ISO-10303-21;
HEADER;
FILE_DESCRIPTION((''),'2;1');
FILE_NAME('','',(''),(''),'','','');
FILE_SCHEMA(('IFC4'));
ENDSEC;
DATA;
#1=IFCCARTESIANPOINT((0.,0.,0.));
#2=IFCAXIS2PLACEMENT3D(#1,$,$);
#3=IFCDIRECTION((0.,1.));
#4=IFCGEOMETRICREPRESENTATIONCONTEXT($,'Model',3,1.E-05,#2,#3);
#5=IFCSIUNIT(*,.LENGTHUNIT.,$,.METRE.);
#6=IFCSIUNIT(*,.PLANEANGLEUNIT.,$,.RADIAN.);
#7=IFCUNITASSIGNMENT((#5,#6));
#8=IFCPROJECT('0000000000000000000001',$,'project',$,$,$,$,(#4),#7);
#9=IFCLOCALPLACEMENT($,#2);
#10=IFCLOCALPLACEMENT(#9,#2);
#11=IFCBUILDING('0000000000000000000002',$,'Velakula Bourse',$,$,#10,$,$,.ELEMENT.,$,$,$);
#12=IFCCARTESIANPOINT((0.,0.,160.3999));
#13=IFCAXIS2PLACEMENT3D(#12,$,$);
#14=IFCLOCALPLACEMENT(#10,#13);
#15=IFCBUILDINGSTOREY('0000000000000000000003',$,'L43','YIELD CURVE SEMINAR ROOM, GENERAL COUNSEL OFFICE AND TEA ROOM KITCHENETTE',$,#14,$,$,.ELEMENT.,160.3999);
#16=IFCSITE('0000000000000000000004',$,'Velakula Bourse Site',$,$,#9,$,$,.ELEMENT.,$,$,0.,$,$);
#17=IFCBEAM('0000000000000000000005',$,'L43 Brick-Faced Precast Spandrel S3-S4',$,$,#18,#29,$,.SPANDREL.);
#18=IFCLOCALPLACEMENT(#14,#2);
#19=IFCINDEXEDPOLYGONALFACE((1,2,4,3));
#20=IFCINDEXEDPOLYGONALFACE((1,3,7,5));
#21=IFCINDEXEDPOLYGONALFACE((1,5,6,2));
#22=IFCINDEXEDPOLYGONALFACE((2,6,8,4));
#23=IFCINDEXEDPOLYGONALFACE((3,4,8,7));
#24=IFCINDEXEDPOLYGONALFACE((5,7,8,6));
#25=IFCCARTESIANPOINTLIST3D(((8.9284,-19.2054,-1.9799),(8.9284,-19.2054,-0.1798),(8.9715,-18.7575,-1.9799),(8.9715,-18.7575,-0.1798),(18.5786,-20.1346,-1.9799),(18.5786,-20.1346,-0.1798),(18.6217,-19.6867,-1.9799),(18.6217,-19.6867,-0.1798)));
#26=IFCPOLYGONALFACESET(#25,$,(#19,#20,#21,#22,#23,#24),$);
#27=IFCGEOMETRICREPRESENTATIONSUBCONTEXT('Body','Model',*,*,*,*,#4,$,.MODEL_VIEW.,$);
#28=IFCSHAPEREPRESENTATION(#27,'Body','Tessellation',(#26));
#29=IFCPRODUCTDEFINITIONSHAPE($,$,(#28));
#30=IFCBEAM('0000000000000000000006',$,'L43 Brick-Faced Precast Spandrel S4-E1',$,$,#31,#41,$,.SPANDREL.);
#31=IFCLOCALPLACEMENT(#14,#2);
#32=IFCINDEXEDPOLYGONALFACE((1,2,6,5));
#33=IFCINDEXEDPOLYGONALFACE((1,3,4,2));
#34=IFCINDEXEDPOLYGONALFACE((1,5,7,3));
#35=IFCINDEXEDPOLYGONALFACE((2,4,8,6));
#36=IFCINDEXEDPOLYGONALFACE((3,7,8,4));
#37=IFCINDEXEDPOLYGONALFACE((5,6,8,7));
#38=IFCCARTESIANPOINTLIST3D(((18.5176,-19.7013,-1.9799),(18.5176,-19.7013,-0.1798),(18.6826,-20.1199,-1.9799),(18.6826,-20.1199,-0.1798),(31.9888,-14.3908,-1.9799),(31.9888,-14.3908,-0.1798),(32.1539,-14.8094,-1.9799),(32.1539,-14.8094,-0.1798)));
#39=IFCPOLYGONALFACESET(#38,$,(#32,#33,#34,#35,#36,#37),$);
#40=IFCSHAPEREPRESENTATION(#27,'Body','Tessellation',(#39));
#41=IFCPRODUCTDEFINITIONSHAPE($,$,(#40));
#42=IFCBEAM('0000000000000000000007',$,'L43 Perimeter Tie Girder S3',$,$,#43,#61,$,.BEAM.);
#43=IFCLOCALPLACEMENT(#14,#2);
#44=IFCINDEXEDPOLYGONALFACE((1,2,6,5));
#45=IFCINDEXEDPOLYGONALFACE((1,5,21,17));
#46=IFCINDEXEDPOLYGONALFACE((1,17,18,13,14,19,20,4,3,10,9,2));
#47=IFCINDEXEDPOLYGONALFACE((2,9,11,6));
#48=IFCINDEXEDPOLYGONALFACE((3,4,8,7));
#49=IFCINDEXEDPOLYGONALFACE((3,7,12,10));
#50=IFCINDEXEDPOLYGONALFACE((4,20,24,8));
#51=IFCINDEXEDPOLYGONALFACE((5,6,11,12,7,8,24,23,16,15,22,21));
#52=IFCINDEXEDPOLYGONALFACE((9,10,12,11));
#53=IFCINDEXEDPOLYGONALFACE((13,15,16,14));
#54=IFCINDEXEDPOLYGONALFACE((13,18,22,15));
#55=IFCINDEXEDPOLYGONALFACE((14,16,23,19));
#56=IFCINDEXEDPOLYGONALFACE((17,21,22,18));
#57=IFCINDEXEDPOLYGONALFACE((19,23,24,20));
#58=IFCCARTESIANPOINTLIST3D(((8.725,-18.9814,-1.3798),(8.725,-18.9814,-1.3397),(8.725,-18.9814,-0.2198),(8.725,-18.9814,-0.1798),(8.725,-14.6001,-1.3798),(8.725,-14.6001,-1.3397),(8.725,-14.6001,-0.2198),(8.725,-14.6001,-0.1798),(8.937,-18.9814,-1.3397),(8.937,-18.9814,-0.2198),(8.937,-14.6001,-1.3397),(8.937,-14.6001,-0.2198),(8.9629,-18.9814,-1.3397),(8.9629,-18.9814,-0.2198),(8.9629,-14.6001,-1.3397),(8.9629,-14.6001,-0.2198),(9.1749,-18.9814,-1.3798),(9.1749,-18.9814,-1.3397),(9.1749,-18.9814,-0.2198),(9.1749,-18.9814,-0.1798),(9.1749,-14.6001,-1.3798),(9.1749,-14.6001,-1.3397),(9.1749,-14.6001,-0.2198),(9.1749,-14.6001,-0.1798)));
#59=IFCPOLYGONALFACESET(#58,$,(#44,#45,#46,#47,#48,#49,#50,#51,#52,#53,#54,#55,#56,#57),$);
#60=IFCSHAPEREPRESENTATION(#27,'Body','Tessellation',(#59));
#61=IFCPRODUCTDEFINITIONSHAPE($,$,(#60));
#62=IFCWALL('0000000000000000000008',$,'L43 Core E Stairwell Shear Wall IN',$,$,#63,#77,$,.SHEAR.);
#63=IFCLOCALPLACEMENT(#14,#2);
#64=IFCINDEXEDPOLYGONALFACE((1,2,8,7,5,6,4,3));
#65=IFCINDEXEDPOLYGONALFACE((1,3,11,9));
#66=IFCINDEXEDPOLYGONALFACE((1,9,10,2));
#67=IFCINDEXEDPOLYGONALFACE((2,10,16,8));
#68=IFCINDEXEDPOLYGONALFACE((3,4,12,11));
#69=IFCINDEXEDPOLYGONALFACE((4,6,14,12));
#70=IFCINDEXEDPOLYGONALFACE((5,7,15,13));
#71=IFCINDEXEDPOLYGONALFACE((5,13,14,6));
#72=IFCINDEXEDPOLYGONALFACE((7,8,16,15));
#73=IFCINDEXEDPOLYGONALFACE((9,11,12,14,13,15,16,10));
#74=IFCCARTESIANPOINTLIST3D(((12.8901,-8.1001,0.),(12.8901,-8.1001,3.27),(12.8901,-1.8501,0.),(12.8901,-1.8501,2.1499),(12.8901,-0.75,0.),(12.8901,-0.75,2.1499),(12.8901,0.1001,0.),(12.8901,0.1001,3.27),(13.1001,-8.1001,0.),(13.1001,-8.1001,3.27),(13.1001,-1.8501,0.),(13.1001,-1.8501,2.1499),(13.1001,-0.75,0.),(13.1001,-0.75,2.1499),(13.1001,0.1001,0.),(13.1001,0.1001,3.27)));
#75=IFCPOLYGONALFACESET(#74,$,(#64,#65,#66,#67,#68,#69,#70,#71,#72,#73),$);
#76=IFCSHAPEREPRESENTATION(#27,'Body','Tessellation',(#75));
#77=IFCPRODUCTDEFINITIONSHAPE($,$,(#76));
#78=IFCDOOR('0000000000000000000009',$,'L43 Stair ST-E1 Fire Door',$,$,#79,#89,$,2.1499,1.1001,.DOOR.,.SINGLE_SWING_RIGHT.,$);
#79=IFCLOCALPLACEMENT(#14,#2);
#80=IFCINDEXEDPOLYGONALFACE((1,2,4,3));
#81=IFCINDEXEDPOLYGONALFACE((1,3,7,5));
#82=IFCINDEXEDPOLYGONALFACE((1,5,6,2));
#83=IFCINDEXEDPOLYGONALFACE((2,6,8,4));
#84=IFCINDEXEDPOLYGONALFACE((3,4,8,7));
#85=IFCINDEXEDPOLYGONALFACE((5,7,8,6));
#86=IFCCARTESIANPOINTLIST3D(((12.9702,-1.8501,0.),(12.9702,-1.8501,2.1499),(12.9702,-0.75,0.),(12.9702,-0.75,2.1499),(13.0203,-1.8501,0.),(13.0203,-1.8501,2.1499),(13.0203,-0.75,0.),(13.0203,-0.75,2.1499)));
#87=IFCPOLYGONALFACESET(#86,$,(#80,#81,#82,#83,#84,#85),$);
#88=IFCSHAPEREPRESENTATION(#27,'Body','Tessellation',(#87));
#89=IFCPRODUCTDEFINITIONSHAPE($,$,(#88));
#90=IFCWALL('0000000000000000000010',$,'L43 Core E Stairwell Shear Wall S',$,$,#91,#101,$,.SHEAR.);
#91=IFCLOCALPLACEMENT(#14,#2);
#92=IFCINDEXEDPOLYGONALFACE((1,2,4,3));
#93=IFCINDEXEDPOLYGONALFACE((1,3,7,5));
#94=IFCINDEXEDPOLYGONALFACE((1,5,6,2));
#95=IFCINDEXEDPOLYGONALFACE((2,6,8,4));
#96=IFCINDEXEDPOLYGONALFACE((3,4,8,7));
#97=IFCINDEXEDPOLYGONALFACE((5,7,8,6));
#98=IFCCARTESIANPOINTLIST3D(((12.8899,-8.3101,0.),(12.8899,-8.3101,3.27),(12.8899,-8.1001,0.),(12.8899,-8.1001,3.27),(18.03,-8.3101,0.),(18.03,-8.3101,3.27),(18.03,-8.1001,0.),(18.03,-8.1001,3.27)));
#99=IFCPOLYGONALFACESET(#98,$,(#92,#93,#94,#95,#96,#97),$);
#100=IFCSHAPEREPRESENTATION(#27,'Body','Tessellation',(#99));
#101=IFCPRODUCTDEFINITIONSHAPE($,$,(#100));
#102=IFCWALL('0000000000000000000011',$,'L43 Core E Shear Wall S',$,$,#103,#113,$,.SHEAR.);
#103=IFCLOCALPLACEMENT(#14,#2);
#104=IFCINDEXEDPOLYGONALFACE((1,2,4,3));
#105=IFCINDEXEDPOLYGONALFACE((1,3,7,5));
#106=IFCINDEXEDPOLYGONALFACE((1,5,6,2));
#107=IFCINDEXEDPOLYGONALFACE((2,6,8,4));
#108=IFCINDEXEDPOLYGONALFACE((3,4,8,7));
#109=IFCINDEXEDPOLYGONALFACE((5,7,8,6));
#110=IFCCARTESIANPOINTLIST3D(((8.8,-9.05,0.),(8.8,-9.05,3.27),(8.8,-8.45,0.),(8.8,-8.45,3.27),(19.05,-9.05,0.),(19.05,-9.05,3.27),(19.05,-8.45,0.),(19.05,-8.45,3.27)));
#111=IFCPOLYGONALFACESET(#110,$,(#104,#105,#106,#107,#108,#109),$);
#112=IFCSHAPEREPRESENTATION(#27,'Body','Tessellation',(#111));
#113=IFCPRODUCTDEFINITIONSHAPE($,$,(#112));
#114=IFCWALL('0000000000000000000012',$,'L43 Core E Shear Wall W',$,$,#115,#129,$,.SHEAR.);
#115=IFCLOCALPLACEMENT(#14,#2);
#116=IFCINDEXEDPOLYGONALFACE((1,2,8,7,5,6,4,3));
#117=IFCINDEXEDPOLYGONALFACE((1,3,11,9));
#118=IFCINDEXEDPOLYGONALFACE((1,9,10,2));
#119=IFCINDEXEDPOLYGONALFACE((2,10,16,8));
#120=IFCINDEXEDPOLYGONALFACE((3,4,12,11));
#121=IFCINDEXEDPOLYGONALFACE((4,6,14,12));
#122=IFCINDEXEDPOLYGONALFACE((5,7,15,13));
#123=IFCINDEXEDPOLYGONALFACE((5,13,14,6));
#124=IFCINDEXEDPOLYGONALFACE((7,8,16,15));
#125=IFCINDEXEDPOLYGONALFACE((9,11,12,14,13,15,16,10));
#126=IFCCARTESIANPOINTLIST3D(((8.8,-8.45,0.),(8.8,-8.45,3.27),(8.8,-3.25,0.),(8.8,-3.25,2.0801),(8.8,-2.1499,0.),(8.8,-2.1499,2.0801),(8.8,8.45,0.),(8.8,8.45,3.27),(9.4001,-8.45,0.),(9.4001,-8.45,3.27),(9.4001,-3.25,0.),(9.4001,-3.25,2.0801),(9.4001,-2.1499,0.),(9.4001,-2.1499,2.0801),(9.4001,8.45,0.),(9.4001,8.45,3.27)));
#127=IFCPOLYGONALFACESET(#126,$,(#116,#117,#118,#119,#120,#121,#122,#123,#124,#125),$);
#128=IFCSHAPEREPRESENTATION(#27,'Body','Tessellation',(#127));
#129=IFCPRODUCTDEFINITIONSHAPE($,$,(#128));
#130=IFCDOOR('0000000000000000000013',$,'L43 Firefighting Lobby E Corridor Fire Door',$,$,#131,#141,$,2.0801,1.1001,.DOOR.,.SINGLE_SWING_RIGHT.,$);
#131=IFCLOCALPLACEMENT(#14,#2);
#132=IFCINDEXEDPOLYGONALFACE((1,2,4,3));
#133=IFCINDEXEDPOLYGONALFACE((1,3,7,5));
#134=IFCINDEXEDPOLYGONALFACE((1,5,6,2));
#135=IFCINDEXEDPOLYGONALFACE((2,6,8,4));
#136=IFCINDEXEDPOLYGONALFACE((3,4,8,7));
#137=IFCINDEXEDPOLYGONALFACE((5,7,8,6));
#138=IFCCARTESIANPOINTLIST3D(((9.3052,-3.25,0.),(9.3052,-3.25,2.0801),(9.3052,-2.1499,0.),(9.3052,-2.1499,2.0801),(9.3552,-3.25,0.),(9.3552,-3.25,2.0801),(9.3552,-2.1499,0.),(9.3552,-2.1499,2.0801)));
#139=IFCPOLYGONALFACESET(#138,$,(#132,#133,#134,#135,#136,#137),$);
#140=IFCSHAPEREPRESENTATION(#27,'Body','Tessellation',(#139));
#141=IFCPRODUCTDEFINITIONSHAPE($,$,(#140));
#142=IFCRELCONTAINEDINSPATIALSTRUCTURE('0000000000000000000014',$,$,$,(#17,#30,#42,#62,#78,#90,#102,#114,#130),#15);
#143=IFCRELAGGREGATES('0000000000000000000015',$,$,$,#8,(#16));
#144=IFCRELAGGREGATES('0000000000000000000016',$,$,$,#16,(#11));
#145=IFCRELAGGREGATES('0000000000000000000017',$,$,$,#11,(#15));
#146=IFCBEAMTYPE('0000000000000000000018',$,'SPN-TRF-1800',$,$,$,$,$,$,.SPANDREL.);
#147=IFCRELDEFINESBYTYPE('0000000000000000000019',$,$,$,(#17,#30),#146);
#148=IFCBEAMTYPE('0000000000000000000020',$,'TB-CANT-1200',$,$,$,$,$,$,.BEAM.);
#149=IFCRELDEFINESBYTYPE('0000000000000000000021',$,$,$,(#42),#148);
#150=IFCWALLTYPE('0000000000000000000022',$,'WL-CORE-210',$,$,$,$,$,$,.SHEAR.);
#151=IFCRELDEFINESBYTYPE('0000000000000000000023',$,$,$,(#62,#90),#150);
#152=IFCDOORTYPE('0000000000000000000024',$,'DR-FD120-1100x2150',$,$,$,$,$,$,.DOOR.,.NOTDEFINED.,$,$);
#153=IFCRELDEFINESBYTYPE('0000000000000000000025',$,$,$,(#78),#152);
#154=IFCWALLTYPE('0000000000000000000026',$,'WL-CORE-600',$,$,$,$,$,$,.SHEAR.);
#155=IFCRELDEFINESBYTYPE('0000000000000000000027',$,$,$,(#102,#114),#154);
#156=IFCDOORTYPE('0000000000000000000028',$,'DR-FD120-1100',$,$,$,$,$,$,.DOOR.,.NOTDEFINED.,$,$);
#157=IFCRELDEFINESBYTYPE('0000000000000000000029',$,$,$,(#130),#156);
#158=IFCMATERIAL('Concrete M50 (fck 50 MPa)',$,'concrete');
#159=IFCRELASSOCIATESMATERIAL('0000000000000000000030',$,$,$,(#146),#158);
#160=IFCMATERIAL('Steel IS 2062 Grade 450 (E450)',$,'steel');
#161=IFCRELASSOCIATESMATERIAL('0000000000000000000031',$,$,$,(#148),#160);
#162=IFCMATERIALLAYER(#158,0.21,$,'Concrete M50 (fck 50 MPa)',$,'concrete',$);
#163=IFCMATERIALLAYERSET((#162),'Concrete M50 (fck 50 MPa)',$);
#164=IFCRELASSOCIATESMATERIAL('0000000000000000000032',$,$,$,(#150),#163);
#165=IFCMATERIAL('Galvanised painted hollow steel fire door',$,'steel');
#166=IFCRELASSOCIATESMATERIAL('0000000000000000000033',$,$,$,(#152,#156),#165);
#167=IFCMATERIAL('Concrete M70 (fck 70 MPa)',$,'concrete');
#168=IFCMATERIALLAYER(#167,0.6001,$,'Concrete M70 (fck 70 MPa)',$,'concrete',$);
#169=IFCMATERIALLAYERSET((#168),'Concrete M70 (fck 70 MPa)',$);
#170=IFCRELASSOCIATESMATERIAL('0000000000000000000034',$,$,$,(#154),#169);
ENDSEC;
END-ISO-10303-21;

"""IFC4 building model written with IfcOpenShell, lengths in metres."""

from ifc_helpers import new_model, si_unit, direction, frame, frame_2d, origin, origin_2d, place, context, subcontext, project, spatial, rectangle, i_section, extrude, material, layer, layer_set, material_profile, profile_set, type_object, element, fill, save


model = new_model("IFC4")

# Units and contexts
model_context = context("Model", 3, precision=1e-05, world=origin(), true_north=direction((0.0, 1.0)))
body_context = subcontext(model_context, "Body", "Model", "MODEL_VIEW")
ifc_project = project(units=[si_unit("LENGTHUNIT", "METRE"), si_unit("PLANEANGLEUNIT", "RADIAN")], contexts=[model_context])

# Site, building, storey
site_placement = place(None, origin())
site = spatial("IfcSite", under=ifc_project, at=site_placement, Name="Velakula Bourse Site", CompositionType="ELEMENT", RefElevation=0.0)
building_placement = place(site_placement, origin())
building = spatial("IfcBuilding", under=site, at=building_placement, Name="Velakula Bourse", CompositionType="ELEMENT")
storey_placement = place(building_placement, frame((0.0, 0.0, 160.3999)))
storey = spatial("IfcBuildingStorey", under=building, at=storey_placement, Name="L43", Description="YIELD CURVE SEMINAR ROOM, GENERAL COUNSEL OFFICE AND TEA ROOM KITCHENETTE", CompositionType="ELEMENT", Elevation=160.3999)

# Shared definitions
ifc_material_1 = material(Name="Concrete M70 (fck 70 MPa)", Category="concrete")

# Beams
ifc_material_2 = material(Name="Concrete M50 (fck 50 MPa)", Category="concrete")
ifc_material_profile_1 = material_profile(ifc_material_2, rectangle(XDim=0.45, YDim=1.8, at=origin_2d()), Name="Concrete M50 (fck 50 MPa)")
ifc_profile_set_1 = profile_set([ifc_material_profile_1], Name="Concrete M50 (fck 50 MPa)")
beam_type_1 = type_object("IfcBeamType", Name="SPN-TRF-1800", PredefinedType="SPANDREL", material=ifc_profile_set_1)
beam_1_placement = place(storey_placement, frame((8.95, -18.9814, -1.0798), z_axis=(0.995396, -0.095845, 0.0), x_axis=(0.095845, 0.995396, 0.0)))
element("IfcBeam", 1, at=beam_1_placement, inside=storey, type_object=beam_type_1, Name="L43 Brick-Faced Precast Spandrel S3-S4", PredefinedType="SPANDREL", context=body_context, shape_type="SweptSolid", body=[
    extrude(rectangle(XDim=0.45, YDim=1.8, at=origin_2d()), origin(), (0.0, 0.0, 1.0), 9.6948),
])
beam_2_placement = place(storey_placement, frame((18.6001, -19.9106, -1.0798), z_axis=(0.930321, 0.366747, 0.0), x_axis=(-0.366747, 0.930321, 0.0)))
element("IfcBeam", 2, at=beam_2_placement, inside=storey, type_object=beam_type_1, Name="L43 Brick-Faced Precast Spandrel S4-E1", PredefinedType="SPANDREL", context=body_context, shape_type="SweptSolid", body=[
    extrude(rectangle(XDim=0.45, YDim=1.8, at=origin_2d()), origin(), (0.0, 0.0, 1.0), 14.4802),
])
ifc_material_3 = material(Name="Steel IS 2062 Grade 450 (E450)", Category="steel")
ifc_material_profile_2 = material_profile(ifc_material_3, i_section(OverallWidth=0.45, OverallDepth=1.2, WebThickness=0.0259, FlangeThickness=0.04, at=origin_2d()), Name="Steel IS 2062 Grade 450 (E450)")
ifc_profile_set_2 = profile_set([ifc_material_profile_2], Name="Steel IS 2062 Grade 450 (E450)")
beam_type_2 = type_object("IfcBeamType", Name="TB-CANT-1200", PredefinedType="BEAM", material=ifc_profile_set_2)
beam_3_placement = place(storey_placement, frame((8.95, -14.6001, -0.7798), z_axis=(0.0, -1.0, 0.0), x_axis=(1.0, 0.0, 0.0)))
element("IfcBeam", 3, at=beam_3_placement, inside=storey, type_object=beam_type_2, Name="L43 Perimeter Tie Girder S3", PredefinedType="BEAM", context=body_context, shape_type="SweptSolid", body=[
    extrude(i_section(OverallWidth=0.45, OverallDepth=1.2, WebThickness=0.0259, FlangeThickness=0.04, at=origin_2d()), origin(), (0.0, 0.0, 1.0), 4.3813),
])

# Wall, opening, door
ifc_layer_1 = layer(ifc_material_2, 0.21, Name="Concrete M50 (fck 50 MPa)", Category="concrete")
ifc_layer_set_1 = layer_set([ifc_layer_1], Name="Concrete M50 (fck 50 MPa)")
wall_type_1 = type_object("IfcWallType", Name="WL-CORE-210", PredefinedType="SHEAR", material=ifc_layer_set_1)
wall_1_placement = place(storey_placement, frame((12.9951, -8.1001, 0.0), z_axis=(0.0, 0.0, 1.0), x_axis=(0.0, 1.0, 0.0)))
wall_1 = element("IfcWall", 4, at=wall_1_placement, inside=storey, type_object=wall_type_1, Name="L43 Core E Stairwell Shear Wall IN", PredefinedType="SHEAR", context=body_context, shape_type="SweptSolid", body=[
    extrude(rectangle(XDim=8.2002, YDim=0.21, at=frame_2d((4.1001, 0.0))), origin(), (0.0, 0.0, 1.0), 3.27),
])
opening_1_placement = place(wall_1_placement, frame((6.25, 0.0, 0.0)))
opening_1 = element("IfcOpeningElement", 5, at=opening_1_placement, cuts=wall_1, PredefinedType="OPENING", context=body_context, shape_type="SweptSolid", body=[
    extrude(rectangle(XDim=1.1001, YDim=2.1499, at=frame_2d((0.55, 1.075))), frame((0.0, 0.115, 0.0), z_axis=(0.0, -1.0, 0.0), x_axis=(1.0, 0.0, 0.0)), (0.0, 0.0, 1.0), 0.23),
])
ifc_material_4 = material(Name="Galvanised painted hollow steel fire door", Category="steel")
door_type_1 = type_object("IfcDoorType", Name="DR-FD120-1100x2150", OperationType="NOTDEFINED", PredefinedType="DOOR", material=ifc_material_4)
door_1_placement = place(opening_1_placement, origin())
door_1 = element("IfcDoor", 6, at=door_1_placement, inside=storey, type_object=door_type_1, Name="L43 Stair ST-E1 Fire Door", OperationType="SINGLE_SWING_RIGHT", OverallHeight=2.1499, OverallWidth=1.1001, PredefinedType="DOOR", context=body_context, shape_type="SweptSolid", body=[
    extrude(rectangle(XDim=1.1001, YDim=2.1499, at=frame_2d((0.55, 1.075))), frame((0.0, 0.0249, 0.0), z_axis=(0.0, -1.0, 0.0), x_axis=(1.0, 0.0, 0.0)), (0.0, 0.0, 1.0), 0.05),
])
fill(opening_1, door_1)

# Walls
wall_2_placement = place(storey_placement, frame((12.8899, -8.2051, 0.0), z_axis=(0.0, 0.0, 1.0), x_axis=(1.0, 0.0, 0.0)))
element("IfcWall", 7, at=wall_2_placement, inside=storey, type_object=wall_type_1, Name="L43 Core E Stairwell Shear Wall S", PredefinedType="SHEAR", context=body_context, shape_type="SweptSolid", body=[
    extrude(rectangle(XDim=5.1401, YDim=0.21, at=frame_2d((2.5701, 0.0))), origin(), (0.0, 0.0, 1.0), 3.27),
])
ifc_layer_2 = layer(ifc_material_1, 0.6001, Name="Concrete M70 (fck 70 MPa)", Category="concrete")
ifc_layer_set_2 = layer_set([ifc_layer_2], Name="Concrete M70 (fck 70 MPa)")
wall_type_2 = type_object("IfcWallType", Name="WL-CORE-600", PredefinedType="SHEAR", material=ifc_layer_set_2)
wall_3_placement = place(storey_placement, frame((8.8, -8.75, 0.0), z_axis=(0.0, 0.0, 1.0), x_axis=(1.0, 0.0, 0.0)))
element("IfcWall", 8, at=wall_3_placement, inside=storey, type_object=wall_type_2, Name="L43 Core E Shear Wall S", PredefinedType="SHEAR", context=body_context, shape_type="SweptSolid", body=[
    extrude(rectangle(XDim=10.25, YDim=0.6001, at=frame_2d((5.125, 0.0))), origin(), (0.0, 0.0, 1.0), 3.27),
])

# Wall, opening, door
wall_4_placement = place(storey_placement, frame((9.1001, -8.45, 0.0), z_axis=(0.0, 0.0, 1.0), x_axis=(0.0, 1.0, 0.0)))
wall_4 = element("IfcWall", 9, at=wall_4_placement, inside=storey, type_object=wall_type_2, Name="L43 Core E Shear Wall W", PredefinedType="SHEAR", context=body_context, shape_type="SweptSolid", body=[
    extrude(rectangle(XDim=16.8999, YDim=0.6001, at=frame_2d((8.45, 0.0))), origin(), (0.0, 0.0, 1.0), 3.27),
])
opening_2_placement = place(wall_4_placement, frame((5.2, 0.0, 0.0)))
opening_2 = element("IfcOpeningElement", 10, at=opening_2_placement, cuts=wall_4, PredefinedType="OPENING", context=body_context, shape_type="SweptSolid", body=[
    extrude(rectangle(XDim=1.1001, YDim=2.0801, at=frame_2d((0.55, 1.04))), frame((0.0, 0.3101, 0.0), z_axis=(0.0, -1.0, 0.0), x_axis=(1.0, 0.0, 0.0)), (0.0, 0.0, 1.0), 0.6201),
])
door_type_2 = type_object("IfcDoorType", Name="DR-FD120-1100", OperationType="NOTDEFINED", PredefinedType="DOOR", material=ifc_material_4)
door_2_placement = place(opening_2_placement, origin())
door_2 = element("IfcDoor", 11, at=door_2_placement, inside=storey, type_object=door_type_2, Name="L43 Firefighting Lobby E Corridor Fire Door", OperationType="SINGLE_SWING_RIGHT", OverallHeight=2.0801, OverallWidth=1.1001, PredefinedType="DOOR", context=body_context, shape_type="SweptSolid", body=[
    extrude(rectangle(XDim=1.1001, YDim=2.0801, at=frame_2d((0.55, 1.04))), frame((0.0, -0.2051, 0.0), z_axis=(0.0, -1.0, 0.0), x_axis=(1.0, 0.0, 0.0)), (0.0, 0.0, 1.0), 0.05),
])
fill(opening_2, door_2)

save(model, "model.ifc")
